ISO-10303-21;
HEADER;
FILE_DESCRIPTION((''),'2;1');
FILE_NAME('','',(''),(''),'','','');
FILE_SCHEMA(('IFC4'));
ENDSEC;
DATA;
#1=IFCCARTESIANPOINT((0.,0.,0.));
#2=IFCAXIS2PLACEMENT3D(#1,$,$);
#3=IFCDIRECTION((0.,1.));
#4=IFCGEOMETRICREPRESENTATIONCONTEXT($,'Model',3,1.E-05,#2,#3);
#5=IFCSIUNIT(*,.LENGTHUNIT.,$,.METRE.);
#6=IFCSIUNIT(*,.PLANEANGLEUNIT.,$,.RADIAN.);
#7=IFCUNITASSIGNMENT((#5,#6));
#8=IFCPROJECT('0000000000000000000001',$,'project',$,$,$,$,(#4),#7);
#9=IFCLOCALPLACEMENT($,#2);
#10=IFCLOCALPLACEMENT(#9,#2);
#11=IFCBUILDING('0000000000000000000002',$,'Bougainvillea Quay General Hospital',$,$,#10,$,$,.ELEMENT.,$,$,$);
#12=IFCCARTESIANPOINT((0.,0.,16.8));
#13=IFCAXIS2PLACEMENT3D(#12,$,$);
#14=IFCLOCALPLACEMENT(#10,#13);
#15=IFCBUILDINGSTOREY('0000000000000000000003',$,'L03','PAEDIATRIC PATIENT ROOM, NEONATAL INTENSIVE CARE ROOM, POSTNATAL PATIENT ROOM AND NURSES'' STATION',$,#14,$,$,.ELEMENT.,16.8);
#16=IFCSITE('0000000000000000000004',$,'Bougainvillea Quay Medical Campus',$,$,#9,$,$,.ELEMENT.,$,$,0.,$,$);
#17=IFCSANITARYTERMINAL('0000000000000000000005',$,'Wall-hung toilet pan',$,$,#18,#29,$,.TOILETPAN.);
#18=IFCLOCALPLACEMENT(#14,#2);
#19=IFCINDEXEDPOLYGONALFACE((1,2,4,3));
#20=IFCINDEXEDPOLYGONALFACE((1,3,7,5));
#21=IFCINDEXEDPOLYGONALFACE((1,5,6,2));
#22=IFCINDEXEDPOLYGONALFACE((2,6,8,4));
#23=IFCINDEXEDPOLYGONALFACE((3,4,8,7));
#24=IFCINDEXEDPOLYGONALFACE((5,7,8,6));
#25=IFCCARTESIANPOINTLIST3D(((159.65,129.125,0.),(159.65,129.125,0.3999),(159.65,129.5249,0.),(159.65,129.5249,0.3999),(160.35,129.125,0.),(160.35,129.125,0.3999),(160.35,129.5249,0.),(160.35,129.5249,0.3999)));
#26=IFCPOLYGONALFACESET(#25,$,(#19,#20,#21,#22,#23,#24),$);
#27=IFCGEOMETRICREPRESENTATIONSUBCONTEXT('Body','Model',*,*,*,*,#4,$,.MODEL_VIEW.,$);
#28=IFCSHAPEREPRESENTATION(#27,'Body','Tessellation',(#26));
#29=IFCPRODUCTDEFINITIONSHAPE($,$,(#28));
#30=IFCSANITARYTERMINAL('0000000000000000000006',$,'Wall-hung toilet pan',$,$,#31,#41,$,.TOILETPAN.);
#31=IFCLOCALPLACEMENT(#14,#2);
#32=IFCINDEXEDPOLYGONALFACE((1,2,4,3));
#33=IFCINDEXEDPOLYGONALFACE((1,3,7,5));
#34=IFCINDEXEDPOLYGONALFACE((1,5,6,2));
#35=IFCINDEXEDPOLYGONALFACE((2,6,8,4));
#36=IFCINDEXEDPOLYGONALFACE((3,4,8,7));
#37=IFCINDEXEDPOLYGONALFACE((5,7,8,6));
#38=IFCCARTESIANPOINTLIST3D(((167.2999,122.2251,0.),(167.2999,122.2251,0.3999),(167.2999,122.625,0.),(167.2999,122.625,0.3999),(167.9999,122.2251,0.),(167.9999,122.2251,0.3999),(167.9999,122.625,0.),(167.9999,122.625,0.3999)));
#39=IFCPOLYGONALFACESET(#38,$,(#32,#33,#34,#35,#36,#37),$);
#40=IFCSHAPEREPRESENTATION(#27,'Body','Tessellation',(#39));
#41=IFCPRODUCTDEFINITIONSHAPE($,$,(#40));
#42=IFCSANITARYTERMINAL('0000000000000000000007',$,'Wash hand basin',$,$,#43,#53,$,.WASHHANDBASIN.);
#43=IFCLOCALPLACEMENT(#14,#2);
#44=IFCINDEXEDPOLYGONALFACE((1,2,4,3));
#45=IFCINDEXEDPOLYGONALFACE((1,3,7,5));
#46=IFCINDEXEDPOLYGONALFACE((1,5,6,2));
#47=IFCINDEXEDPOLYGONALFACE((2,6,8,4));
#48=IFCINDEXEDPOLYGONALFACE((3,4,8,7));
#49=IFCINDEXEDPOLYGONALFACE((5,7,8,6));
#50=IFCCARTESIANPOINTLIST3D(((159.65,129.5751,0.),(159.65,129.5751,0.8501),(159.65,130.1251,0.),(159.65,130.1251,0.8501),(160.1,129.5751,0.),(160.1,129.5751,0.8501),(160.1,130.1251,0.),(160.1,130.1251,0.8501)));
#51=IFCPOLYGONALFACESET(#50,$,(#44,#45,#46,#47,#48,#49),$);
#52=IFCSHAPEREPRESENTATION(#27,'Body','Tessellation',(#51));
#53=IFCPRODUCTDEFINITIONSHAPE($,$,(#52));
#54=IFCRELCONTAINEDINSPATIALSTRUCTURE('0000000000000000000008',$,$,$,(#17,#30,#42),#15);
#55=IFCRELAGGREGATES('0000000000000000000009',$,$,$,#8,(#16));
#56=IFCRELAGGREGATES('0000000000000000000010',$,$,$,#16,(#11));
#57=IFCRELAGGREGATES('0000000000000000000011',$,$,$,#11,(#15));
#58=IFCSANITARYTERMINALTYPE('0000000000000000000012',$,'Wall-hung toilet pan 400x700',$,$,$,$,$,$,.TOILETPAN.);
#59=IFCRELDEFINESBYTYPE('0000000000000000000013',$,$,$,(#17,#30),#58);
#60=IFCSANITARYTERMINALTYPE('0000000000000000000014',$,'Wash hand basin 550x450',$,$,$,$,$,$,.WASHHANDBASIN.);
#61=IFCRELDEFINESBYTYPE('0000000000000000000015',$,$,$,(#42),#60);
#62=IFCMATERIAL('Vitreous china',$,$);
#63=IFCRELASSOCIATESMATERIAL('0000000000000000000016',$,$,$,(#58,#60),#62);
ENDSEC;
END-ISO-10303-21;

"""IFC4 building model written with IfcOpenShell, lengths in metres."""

from ifc_helpers import new_model, si_unit, direction, frame, origin, origin_2d, place, context, subcontext, project, spatial, rectangle, extrude, material, type_object, element, save


model = new_model("IFC4")

# Units and contexts
model_context = context("Model", 3, precision=1e-05, world=origin(), true_north=direction((0.0, 1.0)))
body_context = subcontext(model_context, "Body", "Model", "MODEL_VIEW")
ifc_project = project(units=[si_unit("LENGTHUNIT", "METRE"), si_unit("PLANEANGLEUNIT", "RADIAN")], contexts=[model_context])

# Site, building, storey
site_placement = place(None, origin())
site = spatial("IfcSite", under=ifc_project, at=site_placement, Name="Bougainvillea Quay Medical Campus", CompositionType="ELEMENT", RefElevation=0.0)
building_placement = place(site_placement, origin())
building = spatial("IfcBuilding", under=site, at=building_placement, Name="Bougainvillea Quay General Hospital", CompositionType="ELEMENT")
storey_placement = place(building_placement, frame((0.0, 0.0, 16.8)))
storey = spatial("IfcBuildingStorey", under=building, at=storey_placement, Name="L03", Description="PAEDIATRIC PATIENT ROOM, NEONATAL INTENSIVE CARE ROOM, POSTNATAL PATIENT ROOM AND NURSES' STATION", CompositionType="ELEMENT", Elevation=16.8)

# Sanitary terminals
ifc_material_1 = material(Name="Vitreous china")
sanitary_terminal_type_1 = type_object("IfcSanitaryTerminalType", Name="Wall-hung toilet pan 400x700", PredefinedType="TOILETPAN", material=ifc_material_1)
for number, where, z_axis, x_axis, name in (
    (1, (160.0, 129.325, 0.0), (0.0, 0.0, 1.0), (0.0, 1.0, 0.0), "Wall-hung toilet pan"),
    (2, (167.6499, 122.425, 0.0), (0.0, 0.0, 1.0), (0.0, -1.0, 0.0), "Wall-hung toilet pan"),
):
    element("IfcSanitaryTerminal", number, at=place(storey_placement, frame(where, z_axis=z_axis, x_axis=x_axis)), inside=storey, type_object=sanitary_terminal_type_1, Name=name, PredefinedType="TOILETPAN", context=body_context, shape_type="SweptSolid", body=[
        extrude(rectangle(XDim=0.3999, YDim=0.7, at=origin_2d()), origin(), (0.0, 0.0, 1.0), 0.3999),
    ])
sanitary_terminal_type_2 = type_object("IfcSanitaryTerminalType", Name="Wash hand basin 550x450", PredefinedType="WASHHANDBASIN", material=ifc_material_1)
sanitary_terminal_placement = place(storey_placement, frame((159.875, 129.8501, 0.0), z_axis=(0.0, 0.0, 1.0), x_axis=(0.0, 1.0, 0.0)))
element("IfcSanitaryTerminal", 3, at=sanitary_terminal_placement, inside=storey, type_object=sanitary_terminal_type_2, Name="Wash hand basin", PredefinedType="WASHHANDBASIN", context=body_context, shape_type="SweptSolid", body=[
    extrude(rectangle(XDim=0.55, YDim=0.45, at=origin_2d()), origin(), (0.0, 0.0, 1.0), 0.8501),
])

save(model, "model.ifc")
